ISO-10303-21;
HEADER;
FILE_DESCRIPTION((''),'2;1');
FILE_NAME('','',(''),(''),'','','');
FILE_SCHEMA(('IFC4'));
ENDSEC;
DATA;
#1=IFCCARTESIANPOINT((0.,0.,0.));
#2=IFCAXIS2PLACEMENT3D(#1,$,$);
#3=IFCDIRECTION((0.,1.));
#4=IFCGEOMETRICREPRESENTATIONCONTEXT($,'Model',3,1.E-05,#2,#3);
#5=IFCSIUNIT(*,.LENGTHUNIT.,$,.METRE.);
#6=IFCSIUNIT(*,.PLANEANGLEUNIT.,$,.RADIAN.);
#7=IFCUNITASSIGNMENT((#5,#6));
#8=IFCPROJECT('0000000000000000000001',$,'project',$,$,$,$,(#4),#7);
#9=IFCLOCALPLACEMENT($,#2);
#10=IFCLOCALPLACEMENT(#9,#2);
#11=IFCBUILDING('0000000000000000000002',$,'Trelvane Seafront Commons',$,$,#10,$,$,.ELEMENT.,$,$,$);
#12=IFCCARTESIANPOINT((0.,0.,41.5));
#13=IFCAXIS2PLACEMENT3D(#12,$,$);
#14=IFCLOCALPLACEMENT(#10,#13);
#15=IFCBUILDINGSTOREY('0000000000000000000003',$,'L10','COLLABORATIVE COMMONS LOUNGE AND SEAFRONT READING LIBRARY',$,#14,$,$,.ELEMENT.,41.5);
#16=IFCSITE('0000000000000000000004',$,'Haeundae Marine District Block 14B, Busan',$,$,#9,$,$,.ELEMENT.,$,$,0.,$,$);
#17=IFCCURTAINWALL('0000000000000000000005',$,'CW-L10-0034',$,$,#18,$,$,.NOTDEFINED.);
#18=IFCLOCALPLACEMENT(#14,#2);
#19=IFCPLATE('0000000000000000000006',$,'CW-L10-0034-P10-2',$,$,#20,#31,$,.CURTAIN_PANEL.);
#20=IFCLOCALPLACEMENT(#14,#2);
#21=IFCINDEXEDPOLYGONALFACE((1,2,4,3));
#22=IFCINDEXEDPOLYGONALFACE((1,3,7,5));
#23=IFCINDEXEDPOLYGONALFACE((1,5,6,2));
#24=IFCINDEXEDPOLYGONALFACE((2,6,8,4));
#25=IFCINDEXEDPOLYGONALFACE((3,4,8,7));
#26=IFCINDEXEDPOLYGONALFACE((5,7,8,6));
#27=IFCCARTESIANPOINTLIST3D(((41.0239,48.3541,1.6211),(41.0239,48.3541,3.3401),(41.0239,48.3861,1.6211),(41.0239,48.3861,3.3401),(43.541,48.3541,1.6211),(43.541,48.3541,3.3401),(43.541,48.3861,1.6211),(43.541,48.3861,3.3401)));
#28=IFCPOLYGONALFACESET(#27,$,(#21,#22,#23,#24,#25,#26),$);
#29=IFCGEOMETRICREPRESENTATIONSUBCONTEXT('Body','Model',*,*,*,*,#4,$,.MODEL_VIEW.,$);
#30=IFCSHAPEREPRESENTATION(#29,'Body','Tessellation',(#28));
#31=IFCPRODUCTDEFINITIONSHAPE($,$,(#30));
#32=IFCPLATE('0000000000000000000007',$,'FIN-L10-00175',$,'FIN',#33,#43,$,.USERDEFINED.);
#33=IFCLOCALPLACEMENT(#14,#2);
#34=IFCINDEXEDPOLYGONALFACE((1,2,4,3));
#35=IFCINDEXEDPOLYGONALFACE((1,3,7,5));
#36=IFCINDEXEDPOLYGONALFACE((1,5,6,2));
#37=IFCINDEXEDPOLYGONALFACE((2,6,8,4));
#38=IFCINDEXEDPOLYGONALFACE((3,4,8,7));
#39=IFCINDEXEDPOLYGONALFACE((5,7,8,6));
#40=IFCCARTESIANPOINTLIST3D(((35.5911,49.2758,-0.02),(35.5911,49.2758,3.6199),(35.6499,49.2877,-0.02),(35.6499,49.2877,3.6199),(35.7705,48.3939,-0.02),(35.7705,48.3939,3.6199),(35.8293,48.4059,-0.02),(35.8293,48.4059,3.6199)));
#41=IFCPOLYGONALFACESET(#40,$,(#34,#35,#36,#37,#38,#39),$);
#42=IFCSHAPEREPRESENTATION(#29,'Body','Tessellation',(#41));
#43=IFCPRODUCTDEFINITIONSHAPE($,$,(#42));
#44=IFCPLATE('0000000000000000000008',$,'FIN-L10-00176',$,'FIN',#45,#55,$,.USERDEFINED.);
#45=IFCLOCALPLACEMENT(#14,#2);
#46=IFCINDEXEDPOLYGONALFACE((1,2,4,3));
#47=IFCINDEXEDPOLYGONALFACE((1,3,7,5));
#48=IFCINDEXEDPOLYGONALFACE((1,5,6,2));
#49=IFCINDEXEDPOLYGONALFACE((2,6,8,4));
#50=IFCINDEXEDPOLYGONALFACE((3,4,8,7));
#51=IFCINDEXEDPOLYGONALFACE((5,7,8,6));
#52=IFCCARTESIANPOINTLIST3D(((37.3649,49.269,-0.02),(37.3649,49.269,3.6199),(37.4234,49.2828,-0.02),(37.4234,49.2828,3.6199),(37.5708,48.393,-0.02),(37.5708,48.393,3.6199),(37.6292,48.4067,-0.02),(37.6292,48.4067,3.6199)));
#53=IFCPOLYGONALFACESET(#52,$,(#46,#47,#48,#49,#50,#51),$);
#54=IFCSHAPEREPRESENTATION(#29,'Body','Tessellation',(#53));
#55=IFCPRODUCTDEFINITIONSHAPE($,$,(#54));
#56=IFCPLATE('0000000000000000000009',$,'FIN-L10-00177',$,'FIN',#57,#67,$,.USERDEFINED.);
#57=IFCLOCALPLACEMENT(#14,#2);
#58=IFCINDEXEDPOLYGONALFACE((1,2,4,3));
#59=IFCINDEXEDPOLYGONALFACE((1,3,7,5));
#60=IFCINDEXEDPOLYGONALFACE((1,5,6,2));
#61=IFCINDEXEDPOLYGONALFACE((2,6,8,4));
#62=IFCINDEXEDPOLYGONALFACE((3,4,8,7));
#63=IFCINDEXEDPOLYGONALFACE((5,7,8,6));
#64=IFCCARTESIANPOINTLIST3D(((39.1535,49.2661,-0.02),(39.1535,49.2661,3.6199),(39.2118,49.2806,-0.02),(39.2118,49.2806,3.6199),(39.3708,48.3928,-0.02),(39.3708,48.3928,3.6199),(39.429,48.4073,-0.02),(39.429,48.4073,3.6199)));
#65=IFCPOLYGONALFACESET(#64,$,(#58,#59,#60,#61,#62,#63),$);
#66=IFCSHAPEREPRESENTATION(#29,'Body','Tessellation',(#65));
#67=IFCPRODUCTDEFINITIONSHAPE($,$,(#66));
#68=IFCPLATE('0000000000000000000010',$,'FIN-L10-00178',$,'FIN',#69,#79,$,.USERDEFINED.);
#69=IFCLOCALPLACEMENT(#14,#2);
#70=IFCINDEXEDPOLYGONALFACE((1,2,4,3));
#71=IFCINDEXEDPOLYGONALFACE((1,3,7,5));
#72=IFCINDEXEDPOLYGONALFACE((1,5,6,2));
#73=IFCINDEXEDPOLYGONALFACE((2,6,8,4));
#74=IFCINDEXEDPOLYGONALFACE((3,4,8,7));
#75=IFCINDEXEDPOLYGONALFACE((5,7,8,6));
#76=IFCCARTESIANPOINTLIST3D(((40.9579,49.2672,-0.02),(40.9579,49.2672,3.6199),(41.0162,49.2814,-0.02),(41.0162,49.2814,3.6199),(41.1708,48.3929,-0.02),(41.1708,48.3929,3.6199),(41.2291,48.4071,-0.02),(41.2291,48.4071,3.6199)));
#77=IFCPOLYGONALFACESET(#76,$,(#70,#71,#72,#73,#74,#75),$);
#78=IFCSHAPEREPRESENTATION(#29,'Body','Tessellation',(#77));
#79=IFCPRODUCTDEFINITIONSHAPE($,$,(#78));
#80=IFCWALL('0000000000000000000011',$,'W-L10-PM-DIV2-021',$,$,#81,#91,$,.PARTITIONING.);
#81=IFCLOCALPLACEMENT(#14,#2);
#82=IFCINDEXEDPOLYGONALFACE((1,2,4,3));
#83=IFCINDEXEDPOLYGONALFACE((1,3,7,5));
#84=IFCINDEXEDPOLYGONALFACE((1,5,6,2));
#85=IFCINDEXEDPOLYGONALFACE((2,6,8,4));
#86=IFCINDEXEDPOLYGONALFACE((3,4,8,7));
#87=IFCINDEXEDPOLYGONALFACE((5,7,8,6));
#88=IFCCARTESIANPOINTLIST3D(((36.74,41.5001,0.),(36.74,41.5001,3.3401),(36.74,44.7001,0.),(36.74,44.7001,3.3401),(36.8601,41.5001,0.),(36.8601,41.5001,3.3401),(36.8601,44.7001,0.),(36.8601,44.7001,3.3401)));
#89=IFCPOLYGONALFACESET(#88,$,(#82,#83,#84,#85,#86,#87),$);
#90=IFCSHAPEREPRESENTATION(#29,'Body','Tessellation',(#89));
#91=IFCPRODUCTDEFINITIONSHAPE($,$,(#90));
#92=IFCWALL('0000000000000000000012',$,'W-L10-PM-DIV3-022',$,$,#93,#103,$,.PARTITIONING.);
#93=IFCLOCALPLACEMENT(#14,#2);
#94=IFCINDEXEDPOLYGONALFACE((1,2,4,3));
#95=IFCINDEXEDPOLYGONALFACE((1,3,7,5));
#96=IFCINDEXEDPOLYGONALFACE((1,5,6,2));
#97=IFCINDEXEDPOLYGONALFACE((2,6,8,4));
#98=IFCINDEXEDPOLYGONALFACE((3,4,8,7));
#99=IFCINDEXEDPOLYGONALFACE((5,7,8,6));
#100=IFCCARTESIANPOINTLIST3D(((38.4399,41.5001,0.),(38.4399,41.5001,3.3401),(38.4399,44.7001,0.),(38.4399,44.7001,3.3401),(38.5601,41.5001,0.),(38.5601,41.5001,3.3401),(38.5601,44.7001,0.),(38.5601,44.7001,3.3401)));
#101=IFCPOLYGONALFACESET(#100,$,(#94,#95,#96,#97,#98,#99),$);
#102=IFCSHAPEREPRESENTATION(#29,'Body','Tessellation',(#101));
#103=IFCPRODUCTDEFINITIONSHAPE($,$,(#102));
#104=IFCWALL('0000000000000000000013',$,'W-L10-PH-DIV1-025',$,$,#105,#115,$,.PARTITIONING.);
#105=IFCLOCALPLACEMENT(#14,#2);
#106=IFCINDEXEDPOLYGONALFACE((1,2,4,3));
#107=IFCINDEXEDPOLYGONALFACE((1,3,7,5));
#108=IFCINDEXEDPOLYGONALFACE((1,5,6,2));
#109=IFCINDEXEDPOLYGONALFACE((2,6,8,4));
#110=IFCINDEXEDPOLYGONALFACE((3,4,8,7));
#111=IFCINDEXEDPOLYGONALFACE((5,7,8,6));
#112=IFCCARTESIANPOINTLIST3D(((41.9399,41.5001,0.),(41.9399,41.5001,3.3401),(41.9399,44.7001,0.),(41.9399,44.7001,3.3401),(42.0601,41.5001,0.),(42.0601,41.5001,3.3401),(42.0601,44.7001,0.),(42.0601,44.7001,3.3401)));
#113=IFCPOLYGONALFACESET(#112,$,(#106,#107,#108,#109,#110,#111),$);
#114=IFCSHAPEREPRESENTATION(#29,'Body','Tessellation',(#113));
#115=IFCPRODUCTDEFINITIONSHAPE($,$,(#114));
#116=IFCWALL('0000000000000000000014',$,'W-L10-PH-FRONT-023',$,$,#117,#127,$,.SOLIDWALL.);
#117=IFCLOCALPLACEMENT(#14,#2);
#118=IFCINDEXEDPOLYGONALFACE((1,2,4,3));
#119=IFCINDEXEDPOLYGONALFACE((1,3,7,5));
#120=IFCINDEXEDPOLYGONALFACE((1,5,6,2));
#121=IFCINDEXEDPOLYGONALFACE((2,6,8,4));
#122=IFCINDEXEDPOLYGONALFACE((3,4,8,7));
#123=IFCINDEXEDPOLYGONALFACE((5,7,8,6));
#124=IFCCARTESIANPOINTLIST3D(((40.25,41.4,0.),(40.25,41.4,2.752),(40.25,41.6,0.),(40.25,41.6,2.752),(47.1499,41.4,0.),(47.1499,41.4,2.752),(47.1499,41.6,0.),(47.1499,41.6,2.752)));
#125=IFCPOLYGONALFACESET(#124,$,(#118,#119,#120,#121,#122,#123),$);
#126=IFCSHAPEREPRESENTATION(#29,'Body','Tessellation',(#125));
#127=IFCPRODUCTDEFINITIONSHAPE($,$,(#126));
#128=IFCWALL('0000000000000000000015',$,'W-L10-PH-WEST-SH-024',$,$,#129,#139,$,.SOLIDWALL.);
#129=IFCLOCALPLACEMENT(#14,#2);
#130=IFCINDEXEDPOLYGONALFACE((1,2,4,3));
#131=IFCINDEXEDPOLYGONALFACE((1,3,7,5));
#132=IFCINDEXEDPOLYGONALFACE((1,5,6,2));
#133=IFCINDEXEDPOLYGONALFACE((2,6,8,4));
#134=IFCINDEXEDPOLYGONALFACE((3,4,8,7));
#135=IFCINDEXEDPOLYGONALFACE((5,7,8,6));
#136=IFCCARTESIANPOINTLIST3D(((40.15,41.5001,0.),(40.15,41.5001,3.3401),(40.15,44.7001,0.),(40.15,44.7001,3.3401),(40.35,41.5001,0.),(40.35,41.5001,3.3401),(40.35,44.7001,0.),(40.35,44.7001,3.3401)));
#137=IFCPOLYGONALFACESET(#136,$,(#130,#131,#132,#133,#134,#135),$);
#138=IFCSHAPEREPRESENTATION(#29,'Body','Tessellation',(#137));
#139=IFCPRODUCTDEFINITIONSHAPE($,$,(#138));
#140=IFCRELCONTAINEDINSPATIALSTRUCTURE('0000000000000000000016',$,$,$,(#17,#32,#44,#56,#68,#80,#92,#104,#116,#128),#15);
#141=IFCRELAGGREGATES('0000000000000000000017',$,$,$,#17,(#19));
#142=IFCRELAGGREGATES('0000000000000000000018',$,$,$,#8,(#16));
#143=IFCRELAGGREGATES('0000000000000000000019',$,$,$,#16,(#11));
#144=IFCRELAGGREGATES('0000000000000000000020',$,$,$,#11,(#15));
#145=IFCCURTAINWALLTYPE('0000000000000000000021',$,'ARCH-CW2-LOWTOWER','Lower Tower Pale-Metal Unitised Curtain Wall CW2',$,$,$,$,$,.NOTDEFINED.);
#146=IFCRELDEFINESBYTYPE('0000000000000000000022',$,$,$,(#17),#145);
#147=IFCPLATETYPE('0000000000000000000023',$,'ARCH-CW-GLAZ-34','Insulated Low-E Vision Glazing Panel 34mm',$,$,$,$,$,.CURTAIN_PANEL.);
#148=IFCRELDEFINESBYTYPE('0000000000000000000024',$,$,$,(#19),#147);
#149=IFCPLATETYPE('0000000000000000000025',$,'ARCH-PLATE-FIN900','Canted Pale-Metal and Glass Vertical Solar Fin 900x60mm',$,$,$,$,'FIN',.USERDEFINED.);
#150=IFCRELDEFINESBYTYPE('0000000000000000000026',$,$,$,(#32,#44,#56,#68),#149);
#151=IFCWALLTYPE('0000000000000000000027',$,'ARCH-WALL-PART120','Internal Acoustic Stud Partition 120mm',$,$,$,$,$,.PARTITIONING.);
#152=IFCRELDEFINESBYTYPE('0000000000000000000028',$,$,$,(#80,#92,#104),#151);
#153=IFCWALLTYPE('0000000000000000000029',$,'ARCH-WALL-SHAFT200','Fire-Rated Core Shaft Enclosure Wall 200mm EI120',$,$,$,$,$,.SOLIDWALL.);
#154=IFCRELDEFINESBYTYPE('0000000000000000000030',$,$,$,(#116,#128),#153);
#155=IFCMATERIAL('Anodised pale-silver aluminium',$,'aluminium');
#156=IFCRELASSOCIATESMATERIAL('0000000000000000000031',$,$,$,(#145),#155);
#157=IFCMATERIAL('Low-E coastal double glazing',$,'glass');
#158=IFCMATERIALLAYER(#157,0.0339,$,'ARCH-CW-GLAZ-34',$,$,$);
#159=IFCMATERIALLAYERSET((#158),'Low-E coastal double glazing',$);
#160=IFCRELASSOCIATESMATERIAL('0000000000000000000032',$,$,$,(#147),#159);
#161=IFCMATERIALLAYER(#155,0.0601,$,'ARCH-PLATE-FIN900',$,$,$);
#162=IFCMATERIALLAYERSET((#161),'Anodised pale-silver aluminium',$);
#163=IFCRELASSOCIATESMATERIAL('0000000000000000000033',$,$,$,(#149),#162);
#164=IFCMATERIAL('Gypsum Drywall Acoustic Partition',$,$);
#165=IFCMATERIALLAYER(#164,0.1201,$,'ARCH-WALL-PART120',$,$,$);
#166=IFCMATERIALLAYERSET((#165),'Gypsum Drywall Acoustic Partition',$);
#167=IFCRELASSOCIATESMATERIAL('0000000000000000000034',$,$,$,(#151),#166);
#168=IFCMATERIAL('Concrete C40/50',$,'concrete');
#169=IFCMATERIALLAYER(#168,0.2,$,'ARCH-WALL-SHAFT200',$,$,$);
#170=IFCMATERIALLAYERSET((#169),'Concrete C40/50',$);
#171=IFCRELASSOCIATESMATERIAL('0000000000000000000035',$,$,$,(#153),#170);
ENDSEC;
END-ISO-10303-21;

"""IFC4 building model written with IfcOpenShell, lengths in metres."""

from ifc_helpers import new_model, si_unit, direction, frame, frame_2d, origin, origin_2d, place, context, subcontext, project, spatial, rectangle, extrude, source, transform, mapped, material, layer, layer_set, type_object, element, aggregate, save


model = new_model("IFC4")

# Units and contexts
model_context = context("Model", 3, precision=1e-05, world=origin(), true_north=direction((0.0, 1.0)))
body_context = subcontext(model_context, "Body", "Model", "MODEL_VIEW")
ifc_project = project(units=[si_unit("LENGTHUNIT", "METRE"), si_unit("PLANEANGLEUNIT", "RADIAN")], contexts=[model_context])

# Site, building, storey
site_placement = place(None, origin())
site = spatial("IfcSite", under=ifc_project, at=site_placement, Name="Haeundae Marine District Block 14B, Busan", CompositionType="ELEMENT", RefElevation=0.0)
building_placement = place(site_placement, origin())
building = spatial("IfcBuilding", under=site, at=building_placement, Name="Trelvane Seafront Commons", CompositionType="ELEMENT")
storey_placement = place(building_placement, frame((0.0, 0.0, 41.5)))
storey = spatial("IfcBuildingStorey", under=building, at=storey_placement, Name="L10", Description="COLLABORATIVE COMMONS LOUNGE AND SEAFRONT READING LIBRARY", CompositionType="ELEMENT", Elevation=41.5)

# Curtain wall, plate
ifc_material_1 = material(Name="Anodised pale-silver aluminium", Category="aluminium")
curtain_wall_type = type_object("IfcCurtainWallType", Name="ARCH-CW2-LOWTOWER", Description="Lower Tower Pale-Metal Unitised Curtain Wall CW2", PredefinedType="NOTDEFINED", material=ifc_material_1)
curtain_wall_placement = place(storey_placement, origin())
curtain_wall = element("IfcCurtainWall", 1, at=curtain_wall_placement, inside=storey, type_object=curtain_wall_type, Name="CW-L10-0034", PredefinedType="NOTDEFINED")
ifc_material_2 = material(Name="Low-E coastal double glazing", Category="glass")
ifc_layer_1 = layer(ifc_material_2, 0.0339, Name="ARCH-CW-GLAZ-34")
ifc_layer_set_1 = layer_set([ifc_layer_1], Name="Low-E coastal double glazing")
plate_type_1 = type_object("IfcPlateType", Name="ARCH-CW-GLAZ-34", Description="Insulated Low-E Vision Glazing Panel 34mm", PredefinedType="CURTAIN_PANEL", material=ifc_layer_set_1)
shared_shape_1 = source(origin(), body_context, "Body", "SweptSolid", [
    extrude(rectangle(XDim=2.5171, YDim=0.032, at=origin_2d()), origin(), (0.0, 0.0, 1.0), 1.719),
])
plate_1_placement = place(storey_placement, frame((42.2825, 48.3701, 1.6211), z_axis=(0.0, 0.0, 1.0), x_axis=(1.0, 0.0, 0.0)))
plate_1 = element("IfcPlate", 2, at=plate_1_placement, type_object=plate_type_1, Name="CW-L10-0034-P10-2", PredefinedType="CURTAIN_PANEL", context=body_context, shape_type="MappedRepresentation", body=[
    mapped(shared_shape_1, transform((0.0, 0.0, 0.0), x_axis=(1.0, 0.0, 0.0), y_axis=(0.0, 1.0, 0.0), z_axis=(0.0, 0.0, 1.0), scale=1.0)),
])
aggregate(curtain_wall, [plate_1])

# Plates
ifc_layer_2 = layer(ifc_material_1, 0.0601, Name="ARCH-PLATE-FIN900")
ifc_layer_set_2 = layer_set([ifc_layer_2], Name="Anodised pale-silver aluminium")
plate_type_2 = type_object("IfcPlateType", Name="ARCH-PLATE-FIN900", Description="Canted Pale-Metal and Glass Vertical Solar Fin 900x60mm", ElementType="FIN", PredefinedType="USERDEFINED", material=ifc_layer_set_2)
shared_shape_2 = source(origin(), body_context, "Body", "SweptSolid", [
    extrude(rectangle(XDim=0.8999, YDim=0.0601, at=origin_2d()), origin(), (0.0, 0.0, 1.0), 3.6399),
])
for number, where, z_axis, x_axis, name in (
    (3, (35.7102, 48.8408, -0.02), (0.0, 0.0, 1.0), (-0.199342, 0.97993, 0.0), "FIN-L10-00175"),
    (4, (37.4971, 48.8379, -0.02), (0.0, 0.0, 1.0), (-0.228786, 0.973477, 0.0), "FIN-L10-00176"),
    (5, (39.2913, 48.8367, -0.02), (0.0, 0.0, 1.0), (-0.241438, 0.970416, 0.0), "FIN-L10-00177"),
    (6, (41.0935, 48.8372, -0.02), (0.0, 0.0, 1.0), (-0.23657, 0.971614, 0.0), "FIN-L10-00178"),
):
    element("IfcPlate", number, at=place(storey_placement, frame(where, z_axis=z_axis, x_axis=x_axis)), inside=storey, type_object=plate_type_2, Name=name, ObjectType="FIN", PredefinedType="USERDEFINED", context=body_context, shape_type="MappedRepresentation", body=[
        mapped(shared_shape_2, transform((0.0, 0.0, 0.0), x_axis=(1.0, 0.0, 0.0), y_axis=(0.0, 1.0, 0.0), z_axis=(0.0, 0.0, 1.0), scale=1.0)),
    ])

# Walls
ifc_material_3 = material(Name="Gypsum Drywall Acoustic Partition")
ifc_layer_3 = layer(ifc_material_3, 0.1201, Name="ARCH-WALL-PART120")
ifc_layer_set_3 = layer_set([ifc_layer_3], Name="Gypsum Drywall Acoustic Partition")
wall_type_1 = type_object("IfcWallType", Name="ARCH-WALL-PART120", Description="Internal Acoustic Stud Partition 120mm", PredefinedType="PARTITIONING", material=ifc_layer_set_3)
for number, where, z_axis, x_axis, name in (
    (7, (36.8, 41.5, 0.0), (0.0, 0.0, 1.0), (0.0, 1.0, 0.0), "W-L10-PM-DIV2-021"),
    (8, (38.5, 41.5, 0.0), (0.0, 0.0, 1.0), (0.0, 1.0, 0.0), "W-L10-PM-DIV3-022"),
    (9, (42.0, 41.5, 0.0), (0.0, 0.0, 1.0), (0.0, 1.0, 0.0), "W-L10-PH-DIV1-025"),
):
    element("IfcWall", number, at=place(storey_placement, frame(where, z_axis=z_axis, x_axis=x_axis)), inside=storey, type_object=wall_type_1, Name=name, PredefinedType="PARTITIONING", context=body_context, shape_type="SweptSolid", body=[
        extrude(rectangle(XDim=3.2, YDim=0.1201, at=frame_2d((1.6001, 0.0))), origin(), (0.0, 0.0, 1.0), 3.3401),
    ])

# Walls
ifc_material_4 = material(Name="Concrete C40/50", Category="concrete")
ifc_layer_4 = layer(ifc_material_4, 0.2, Name="ARCH-WALL-SHAFT200")
ifc_layer_set_4 = layer_set([ifc_layer_4], Name="Concrete C40/50")
wall_type_2 = type_object("IfcWallType", Name="ARCH-WALL-SHAFT200", Description="Fire-Rated Core Shaft Enclosure Wall 200mm EI120", PredefinedType="SOLIDWALL", material=ifc_layer_set_4)
wall_1_placement = place(storey_placement, frame((40.25, 41.5, 0.0), z_axis=(0.0, 0.0, 1.0), x_axis=(1.0, 0.0, 0.0)))
element("IfcWall", 10, at=wall_1_placement, inside=storey, type_object=wall_type_2, Name="W-L10-PH-FRONT-023", PredefinedType="SOLIDWALL", context=body_context, shape_type="SweptSolid", body=[
    extrude(rectangle(XDim=6.8999, YDim=0.2, at=frame_2d((3.45, 0.0))), origin(), (0.0, 0.0, 1.0), 2.752),
])
wall_2_placement = place(storey_placement, frame((40.25, 41.5, 0.0), z_axis=(0.0, 0.0, 1.0), x_axis=(0.0, 1.0, 0.0)))
element("IfcWall", 11, at=wall_2_placement, inside=storey, type_object=wall_type_2, Name="W-L10-PH-WEST-SH-024", PredefinedType="SOLIDWALL", context=body_context, shape_type="SweptSolid", body=[
    extrude(rectangle(XDim=3.2, YDim=0.2, at=frame_2d((1.6001, 0.0))), origin(), (0.0, 0.0, 1.0), 3.3401),
])

save(model, "model.ifc")
